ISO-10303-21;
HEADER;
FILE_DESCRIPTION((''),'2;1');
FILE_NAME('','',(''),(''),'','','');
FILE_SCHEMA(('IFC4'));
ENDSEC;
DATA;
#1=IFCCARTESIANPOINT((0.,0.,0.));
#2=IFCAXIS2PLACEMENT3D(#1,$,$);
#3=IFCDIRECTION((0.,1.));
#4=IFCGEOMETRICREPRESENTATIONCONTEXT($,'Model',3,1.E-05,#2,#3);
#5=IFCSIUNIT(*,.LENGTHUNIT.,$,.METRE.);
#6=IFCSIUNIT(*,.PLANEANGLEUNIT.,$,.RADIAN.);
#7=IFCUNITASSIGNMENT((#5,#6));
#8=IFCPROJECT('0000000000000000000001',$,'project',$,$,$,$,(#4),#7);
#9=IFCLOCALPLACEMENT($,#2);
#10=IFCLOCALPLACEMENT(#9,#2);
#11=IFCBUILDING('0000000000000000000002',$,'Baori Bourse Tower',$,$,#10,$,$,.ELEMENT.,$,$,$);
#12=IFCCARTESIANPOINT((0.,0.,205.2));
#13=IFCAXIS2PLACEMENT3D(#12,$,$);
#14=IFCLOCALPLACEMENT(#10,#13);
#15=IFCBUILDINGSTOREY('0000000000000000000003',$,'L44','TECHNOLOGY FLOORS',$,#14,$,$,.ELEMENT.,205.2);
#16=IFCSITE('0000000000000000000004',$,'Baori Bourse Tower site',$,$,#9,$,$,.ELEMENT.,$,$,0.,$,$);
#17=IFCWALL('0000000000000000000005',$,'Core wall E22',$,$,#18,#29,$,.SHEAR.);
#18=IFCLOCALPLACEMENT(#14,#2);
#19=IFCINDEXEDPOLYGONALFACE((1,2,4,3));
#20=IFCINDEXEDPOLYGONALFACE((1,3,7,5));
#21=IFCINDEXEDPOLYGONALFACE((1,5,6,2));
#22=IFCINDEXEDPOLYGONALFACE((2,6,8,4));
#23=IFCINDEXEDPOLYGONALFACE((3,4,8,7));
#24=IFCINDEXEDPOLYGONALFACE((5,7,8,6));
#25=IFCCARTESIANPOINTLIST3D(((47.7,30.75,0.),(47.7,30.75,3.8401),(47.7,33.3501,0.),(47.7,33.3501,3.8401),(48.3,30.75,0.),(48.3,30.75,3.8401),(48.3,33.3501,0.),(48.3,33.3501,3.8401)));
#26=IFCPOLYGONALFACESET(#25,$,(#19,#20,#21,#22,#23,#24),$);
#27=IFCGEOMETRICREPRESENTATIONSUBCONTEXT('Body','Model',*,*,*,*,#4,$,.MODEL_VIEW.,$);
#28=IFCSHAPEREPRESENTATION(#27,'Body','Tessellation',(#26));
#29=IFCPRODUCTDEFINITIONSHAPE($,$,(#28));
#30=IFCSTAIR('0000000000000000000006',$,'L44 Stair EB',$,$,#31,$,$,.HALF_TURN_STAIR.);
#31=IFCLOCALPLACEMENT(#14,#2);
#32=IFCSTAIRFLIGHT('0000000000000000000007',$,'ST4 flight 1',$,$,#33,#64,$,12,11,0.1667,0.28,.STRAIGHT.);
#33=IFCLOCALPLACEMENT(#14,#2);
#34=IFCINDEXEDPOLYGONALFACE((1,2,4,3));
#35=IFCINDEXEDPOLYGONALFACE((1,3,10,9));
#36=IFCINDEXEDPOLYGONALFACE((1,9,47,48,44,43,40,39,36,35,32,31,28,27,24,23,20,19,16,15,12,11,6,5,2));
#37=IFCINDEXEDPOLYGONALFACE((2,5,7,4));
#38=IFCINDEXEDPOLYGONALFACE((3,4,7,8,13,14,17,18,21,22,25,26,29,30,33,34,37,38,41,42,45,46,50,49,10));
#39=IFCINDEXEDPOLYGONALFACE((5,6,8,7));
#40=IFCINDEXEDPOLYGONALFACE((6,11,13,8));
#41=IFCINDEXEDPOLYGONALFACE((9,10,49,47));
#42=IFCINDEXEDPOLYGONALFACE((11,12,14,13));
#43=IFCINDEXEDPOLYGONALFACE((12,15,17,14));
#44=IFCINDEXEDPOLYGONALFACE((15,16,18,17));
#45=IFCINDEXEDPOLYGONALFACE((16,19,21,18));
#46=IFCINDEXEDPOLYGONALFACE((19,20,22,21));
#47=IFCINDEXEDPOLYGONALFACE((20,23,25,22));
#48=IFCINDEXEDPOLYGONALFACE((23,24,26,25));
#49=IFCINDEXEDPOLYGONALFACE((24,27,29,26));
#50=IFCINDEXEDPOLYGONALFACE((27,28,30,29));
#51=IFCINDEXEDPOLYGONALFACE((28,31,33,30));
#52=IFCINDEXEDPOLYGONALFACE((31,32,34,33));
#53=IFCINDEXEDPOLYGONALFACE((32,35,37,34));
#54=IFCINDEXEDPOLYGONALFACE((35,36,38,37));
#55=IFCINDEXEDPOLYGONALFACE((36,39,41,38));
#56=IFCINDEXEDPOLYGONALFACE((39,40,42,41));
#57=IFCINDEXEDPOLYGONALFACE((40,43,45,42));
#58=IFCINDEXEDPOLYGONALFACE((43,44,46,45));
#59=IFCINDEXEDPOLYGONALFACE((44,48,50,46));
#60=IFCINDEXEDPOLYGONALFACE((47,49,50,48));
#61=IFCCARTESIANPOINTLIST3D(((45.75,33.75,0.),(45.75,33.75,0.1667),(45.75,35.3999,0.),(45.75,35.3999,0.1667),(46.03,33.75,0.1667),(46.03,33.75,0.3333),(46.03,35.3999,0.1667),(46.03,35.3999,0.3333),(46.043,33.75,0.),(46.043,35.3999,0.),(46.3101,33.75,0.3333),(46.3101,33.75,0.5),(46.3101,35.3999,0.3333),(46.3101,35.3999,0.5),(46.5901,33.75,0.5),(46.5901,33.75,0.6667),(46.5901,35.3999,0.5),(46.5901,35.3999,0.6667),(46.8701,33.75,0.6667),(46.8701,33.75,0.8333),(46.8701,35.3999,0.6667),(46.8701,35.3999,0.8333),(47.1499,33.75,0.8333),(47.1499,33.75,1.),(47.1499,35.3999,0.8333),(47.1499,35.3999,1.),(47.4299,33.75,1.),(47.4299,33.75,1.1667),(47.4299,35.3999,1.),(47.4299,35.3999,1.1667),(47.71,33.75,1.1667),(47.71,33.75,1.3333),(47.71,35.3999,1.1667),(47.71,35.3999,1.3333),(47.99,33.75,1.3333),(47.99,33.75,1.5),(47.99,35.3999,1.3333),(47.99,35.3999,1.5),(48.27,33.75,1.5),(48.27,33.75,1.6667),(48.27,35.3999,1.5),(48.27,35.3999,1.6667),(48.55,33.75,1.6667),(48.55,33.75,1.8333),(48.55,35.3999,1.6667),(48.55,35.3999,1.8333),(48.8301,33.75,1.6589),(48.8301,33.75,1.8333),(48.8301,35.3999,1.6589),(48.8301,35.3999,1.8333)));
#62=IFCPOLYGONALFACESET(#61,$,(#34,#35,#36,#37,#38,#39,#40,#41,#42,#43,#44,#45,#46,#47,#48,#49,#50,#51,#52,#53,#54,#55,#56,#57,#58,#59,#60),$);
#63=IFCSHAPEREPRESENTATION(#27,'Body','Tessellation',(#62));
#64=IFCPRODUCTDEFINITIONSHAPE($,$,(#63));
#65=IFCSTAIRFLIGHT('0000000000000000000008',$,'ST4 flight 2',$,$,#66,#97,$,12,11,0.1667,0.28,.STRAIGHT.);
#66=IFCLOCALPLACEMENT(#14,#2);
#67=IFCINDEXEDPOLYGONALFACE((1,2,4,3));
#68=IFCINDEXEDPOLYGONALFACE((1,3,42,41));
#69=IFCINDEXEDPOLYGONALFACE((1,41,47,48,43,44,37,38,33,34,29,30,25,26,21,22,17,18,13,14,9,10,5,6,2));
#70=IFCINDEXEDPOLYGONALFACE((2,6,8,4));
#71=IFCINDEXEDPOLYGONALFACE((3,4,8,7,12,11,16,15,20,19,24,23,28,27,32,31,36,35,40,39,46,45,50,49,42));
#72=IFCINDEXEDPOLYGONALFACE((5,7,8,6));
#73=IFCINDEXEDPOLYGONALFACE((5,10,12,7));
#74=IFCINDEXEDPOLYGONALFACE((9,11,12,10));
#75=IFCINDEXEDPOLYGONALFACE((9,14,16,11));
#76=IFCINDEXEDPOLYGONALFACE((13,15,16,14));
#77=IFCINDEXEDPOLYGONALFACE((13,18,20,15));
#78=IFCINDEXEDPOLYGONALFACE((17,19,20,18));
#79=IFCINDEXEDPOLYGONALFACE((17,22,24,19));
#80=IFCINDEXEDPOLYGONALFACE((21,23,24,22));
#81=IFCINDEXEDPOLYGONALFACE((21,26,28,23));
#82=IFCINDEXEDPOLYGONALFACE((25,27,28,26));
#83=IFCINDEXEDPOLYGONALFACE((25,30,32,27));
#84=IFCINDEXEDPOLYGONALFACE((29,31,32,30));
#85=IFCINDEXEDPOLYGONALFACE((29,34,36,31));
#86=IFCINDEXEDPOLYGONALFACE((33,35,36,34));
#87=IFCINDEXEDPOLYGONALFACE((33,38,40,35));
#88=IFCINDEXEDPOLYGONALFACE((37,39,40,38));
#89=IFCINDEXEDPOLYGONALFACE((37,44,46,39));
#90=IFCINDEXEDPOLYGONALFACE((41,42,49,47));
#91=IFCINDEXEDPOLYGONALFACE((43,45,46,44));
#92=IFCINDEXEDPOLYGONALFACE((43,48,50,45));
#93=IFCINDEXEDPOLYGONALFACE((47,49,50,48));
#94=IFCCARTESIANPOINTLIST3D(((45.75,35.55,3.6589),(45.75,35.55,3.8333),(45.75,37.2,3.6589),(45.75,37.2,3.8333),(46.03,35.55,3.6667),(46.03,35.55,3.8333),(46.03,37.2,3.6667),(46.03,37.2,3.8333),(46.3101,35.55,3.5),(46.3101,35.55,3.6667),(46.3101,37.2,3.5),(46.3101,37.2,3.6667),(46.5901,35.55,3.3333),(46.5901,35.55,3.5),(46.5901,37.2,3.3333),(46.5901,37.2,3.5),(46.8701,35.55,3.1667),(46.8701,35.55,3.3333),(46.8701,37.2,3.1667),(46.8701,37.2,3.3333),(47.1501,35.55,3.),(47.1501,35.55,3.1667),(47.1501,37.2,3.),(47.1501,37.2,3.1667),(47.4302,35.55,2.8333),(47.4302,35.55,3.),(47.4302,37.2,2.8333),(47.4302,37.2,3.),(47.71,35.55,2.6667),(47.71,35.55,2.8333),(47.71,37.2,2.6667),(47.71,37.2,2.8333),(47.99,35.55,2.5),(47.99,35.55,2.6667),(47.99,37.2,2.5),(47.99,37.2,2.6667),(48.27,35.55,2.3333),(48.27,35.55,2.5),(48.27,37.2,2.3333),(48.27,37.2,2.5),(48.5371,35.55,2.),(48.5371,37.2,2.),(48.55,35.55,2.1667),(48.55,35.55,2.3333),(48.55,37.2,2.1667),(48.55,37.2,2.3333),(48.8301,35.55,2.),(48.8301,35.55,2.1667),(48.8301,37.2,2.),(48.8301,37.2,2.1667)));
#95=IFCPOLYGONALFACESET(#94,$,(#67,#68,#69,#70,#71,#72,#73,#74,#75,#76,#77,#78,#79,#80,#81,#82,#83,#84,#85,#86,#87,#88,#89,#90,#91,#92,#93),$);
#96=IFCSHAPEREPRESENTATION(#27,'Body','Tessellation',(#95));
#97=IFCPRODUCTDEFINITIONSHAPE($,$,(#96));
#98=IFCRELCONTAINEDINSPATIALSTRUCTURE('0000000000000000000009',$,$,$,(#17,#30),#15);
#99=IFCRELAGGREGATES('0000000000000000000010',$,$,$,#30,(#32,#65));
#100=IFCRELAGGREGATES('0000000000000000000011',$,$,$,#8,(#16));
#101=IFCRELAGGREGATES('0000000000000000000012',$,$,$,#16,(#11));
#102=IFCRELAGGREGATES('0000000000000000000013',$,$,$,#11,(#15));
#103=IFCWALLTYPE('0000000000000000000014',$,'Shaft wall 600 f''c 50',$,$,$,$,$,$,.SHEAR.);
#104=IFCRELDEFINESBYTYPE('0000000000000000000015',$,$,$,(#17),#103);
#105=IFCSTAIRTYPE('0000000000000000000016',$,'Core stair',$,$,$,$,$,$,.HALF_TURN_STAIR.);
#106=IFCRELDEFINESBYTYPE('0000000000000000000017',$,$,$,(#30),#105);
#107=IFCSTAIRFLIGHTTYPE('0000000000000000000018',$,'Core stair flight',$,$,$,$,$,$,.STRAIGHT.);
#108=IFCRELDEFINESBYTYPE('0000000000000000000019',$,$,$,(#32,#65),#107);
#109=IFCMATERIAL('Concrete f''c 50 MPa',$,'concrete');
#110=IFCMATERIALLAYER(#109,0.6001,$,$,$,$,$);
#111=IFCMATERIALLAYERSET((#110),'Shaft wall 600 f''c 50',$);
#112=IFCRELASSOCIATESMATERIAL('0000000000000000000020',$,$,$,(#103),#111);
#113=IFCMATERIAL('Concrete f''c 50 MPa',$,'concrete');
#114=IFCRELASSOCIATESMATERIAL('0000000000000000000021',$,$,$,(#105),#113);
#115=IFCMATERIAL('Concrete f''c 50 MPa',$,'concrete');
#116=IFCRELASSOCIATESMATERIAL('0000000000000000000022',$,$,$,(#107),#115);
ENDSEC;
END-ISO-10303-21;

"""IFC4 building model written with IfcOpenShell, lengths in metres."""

from ifc_helpers import new_model, si_unit, direction, frame, frame_2d, origin, place, context, subcontext, project, spatial, polyline, rectangle, outline, extrude, material, layer, layer_set, type_object, element, aggregate, save


model = new_model("IFC4")

# Units and contexts
model_context = context("Model", 3, precision=1e-05, world=origin(), true_north=direction((0.0, 1.0)))
body_context = subcontext(model_context, "Body", "Model", "MODEL_VIEW")
ifc_project = project(units=[si_unit("LENGTHUNIT", "METRE"), si_unit("PLANEANGLEUNIT", "RADIAN")], contexts=[model_context])

# Site, building, storey
site_placement = place(None, origin())
site = spatial("IfcSite", under=ifc_project, at=site_placement, Name="Baori Bourse Tower site", CompositionType="ELEMENT", RefElevation=0.0)
building_placement = place(site_placement, origin())
building = spatial("IfcBuilding", under=site, at=building_placement, Name="Baori Bourse Tower", CompositionType="ELEMENT")
storey_placement = place(building_placement, frame((0.0, 0.0, 205.2)))
storey = spatial("IfcBuildingStorey", under=building, at=storey_placement, Name="L44", Description="TECHNOLOGY FLOORS", CompositionType="ELEMENT", Elevation=205.2)

# Wall
ifc_material_1 = material(Name="Concrete f'c 50 MPa", Category="concrete")
ifc_layer_1 = layer(ifc_material_1, 0.6001)
ifc_layer_set_1 = layer_set([ifc_layer_1], Name="Shaft wall 600 f'c 50")
wall_type_1 = type_object("IfcWallType", Name="Shaft wall 600 f'c 50", PredefinedType="SHEAR", material=ifc_layer_set_1)
wall_1_placement = place(storey_placement, frame((48.0, 30.75, 0.0), z_axis=(0.0, 0.0, 1.0), x_axis=(0.0, 1.0, 0.0)))
element("IfcWall", 1, at=wall_1_placement, inside=storey, type_object=wall_type_1, Name="Core wall E22", PredefinedType="SHEAR", context=body_context, shape_type="SweptSolid", body=[
    extrude(rectangle(XDim=2.6001, YDim=0.6001, at=frame_2d((1.3, 0.0))), origin(), (0.0, 0.0, 1.0), 3.8401),
])

# Stair, stair flights
ifc_material_2 = material(Name="Concrete f'c 50 MPa", Category="concrete")
stair_type = type_object("IfcStairType", Name="Core stair", PredefinedType="HALF_TURN_STAIR", material=ifc_material_2)
stair_placement = place(storey_placement, origin())
stair = element("IfcStair", 2, at=stair_placement, inside=storey, type_object=stair_type, Name="L44 Stair EB", PredefinedType="HALF_TURN_STAIR")
ifc_material_3 = material(Name="Concrete f'c 50 MPa", Category="concrete")
stair_flight_type = type_object("IfcStairFlightType", Name="Core stair flight", PredefinedType="STRAIGHT", material=ifc_material_3)
stair_flight_1_placement = place(storey_placement, frame((45.75, 34.575, 0.0), z_axis=(0.0, 0.0, 1.0), x_axis=(1.0, 0.0, 0.0)))
stair_flight_1 = element("IfcStairFlight", 3, at=stair_flight_1_placement, type_object=stair_flight_type, Name="ST4 flight 1", NumberOfRisers=12, NumberOfTreads=11, PredefinedType="STRAIGHT", RiserHeight=0.1667, TreadLength=0.28, context=body_context, shape_type="SweptSolid", body=[
    extrude(outline(polyline([(0.0, 0.0), (0.0, 0.1667), (0.28, 0.1667), (0.28, 0.3333), (0.5601, 0.3333), (0.5601, 0.5), (0.8401, 0.5), (0.8401, 0.6667), (1.1201, 0.6667), (1.1201, 0.8333), (1.3999, 0.8333), (1.3999, 1.0), (1.6799, 1.0), (1.6799, 1.1667), (1.96, 1.1667), (1.96, 1.3333), (2.24, 1.3333), (2.24, 1.5), (2.52, 1.5), (2.52, 1.6667), (2.8, 1.6667), (2.8, 1.8333), (3.0801, 1.8333), (3.0801, 2.0), (3.0801, 1.6589), (0.293, 0.0), (0.0, 0.0)])), frame((0.0, 0.825, 0.0), z_axis=(0.0, -1.0, 0.0), x_axis=(1.0, 0.0, 0.0)), (0.0, 0.0, 1.0), 1.6499),
])
stair_flight_2_placement = place(storey_placement, frame((48.8301, 36.375, 2.0), z_axis=(0.0, 0.0, 1.0), x_axis=(-1.0, 0.0, 0.0)))
stair_flight_2 = element("IfcStairFlight", 4, at=stair_flight_2_placement, type_object=stair_flight_type, Name="ST4 flight 2", NumberOfRisers=12, NumberOfTreads=11, PredefinedType="STRAIGHT", RiserHeight=0.1667, TreadLength=0.28, context=body_context, shape_type="SweptSolid", body=[
    extrude(outline(polyline([(0.0, 0.0), (0.0, 0.1667), (0.28, 0.1667), (0.28, 0.3333), (0.5601, 0.3333), (0.5601, 0.5), (0.8401, 0.5), (0.8401, 0.6667), (1.1201, 0.6667), (1.1201, 0.8333), (1.3999, 0.8333), (1.3999, 1.0), (1.6799, 1.0), (1.6799, 1.1667), (1.96, 1.1667), (1.96, 1.3333), (2.24, 1.3333), (2.24, 1.5), (2.52, 1.5), (2.52, 1.6667), (2.8, 1.6667), (2.8, 1.8333), (3.0801, 1.8333), (3.0801, 2.0), (3.0801, 1.6589), (0.293, 0.0), (0.0, 0.0)])), frame((0.0, 0.825, 0.0), z_axis=(0.0, -1.0, 0.0), x_axis=(1.0, 0.0, 0.0)), (0.0, 0.0, 1.0), 1.6499),
])
aggregate(stair, [stair_flight_1, stair_flight_2])

save(model, "model.ifc")
